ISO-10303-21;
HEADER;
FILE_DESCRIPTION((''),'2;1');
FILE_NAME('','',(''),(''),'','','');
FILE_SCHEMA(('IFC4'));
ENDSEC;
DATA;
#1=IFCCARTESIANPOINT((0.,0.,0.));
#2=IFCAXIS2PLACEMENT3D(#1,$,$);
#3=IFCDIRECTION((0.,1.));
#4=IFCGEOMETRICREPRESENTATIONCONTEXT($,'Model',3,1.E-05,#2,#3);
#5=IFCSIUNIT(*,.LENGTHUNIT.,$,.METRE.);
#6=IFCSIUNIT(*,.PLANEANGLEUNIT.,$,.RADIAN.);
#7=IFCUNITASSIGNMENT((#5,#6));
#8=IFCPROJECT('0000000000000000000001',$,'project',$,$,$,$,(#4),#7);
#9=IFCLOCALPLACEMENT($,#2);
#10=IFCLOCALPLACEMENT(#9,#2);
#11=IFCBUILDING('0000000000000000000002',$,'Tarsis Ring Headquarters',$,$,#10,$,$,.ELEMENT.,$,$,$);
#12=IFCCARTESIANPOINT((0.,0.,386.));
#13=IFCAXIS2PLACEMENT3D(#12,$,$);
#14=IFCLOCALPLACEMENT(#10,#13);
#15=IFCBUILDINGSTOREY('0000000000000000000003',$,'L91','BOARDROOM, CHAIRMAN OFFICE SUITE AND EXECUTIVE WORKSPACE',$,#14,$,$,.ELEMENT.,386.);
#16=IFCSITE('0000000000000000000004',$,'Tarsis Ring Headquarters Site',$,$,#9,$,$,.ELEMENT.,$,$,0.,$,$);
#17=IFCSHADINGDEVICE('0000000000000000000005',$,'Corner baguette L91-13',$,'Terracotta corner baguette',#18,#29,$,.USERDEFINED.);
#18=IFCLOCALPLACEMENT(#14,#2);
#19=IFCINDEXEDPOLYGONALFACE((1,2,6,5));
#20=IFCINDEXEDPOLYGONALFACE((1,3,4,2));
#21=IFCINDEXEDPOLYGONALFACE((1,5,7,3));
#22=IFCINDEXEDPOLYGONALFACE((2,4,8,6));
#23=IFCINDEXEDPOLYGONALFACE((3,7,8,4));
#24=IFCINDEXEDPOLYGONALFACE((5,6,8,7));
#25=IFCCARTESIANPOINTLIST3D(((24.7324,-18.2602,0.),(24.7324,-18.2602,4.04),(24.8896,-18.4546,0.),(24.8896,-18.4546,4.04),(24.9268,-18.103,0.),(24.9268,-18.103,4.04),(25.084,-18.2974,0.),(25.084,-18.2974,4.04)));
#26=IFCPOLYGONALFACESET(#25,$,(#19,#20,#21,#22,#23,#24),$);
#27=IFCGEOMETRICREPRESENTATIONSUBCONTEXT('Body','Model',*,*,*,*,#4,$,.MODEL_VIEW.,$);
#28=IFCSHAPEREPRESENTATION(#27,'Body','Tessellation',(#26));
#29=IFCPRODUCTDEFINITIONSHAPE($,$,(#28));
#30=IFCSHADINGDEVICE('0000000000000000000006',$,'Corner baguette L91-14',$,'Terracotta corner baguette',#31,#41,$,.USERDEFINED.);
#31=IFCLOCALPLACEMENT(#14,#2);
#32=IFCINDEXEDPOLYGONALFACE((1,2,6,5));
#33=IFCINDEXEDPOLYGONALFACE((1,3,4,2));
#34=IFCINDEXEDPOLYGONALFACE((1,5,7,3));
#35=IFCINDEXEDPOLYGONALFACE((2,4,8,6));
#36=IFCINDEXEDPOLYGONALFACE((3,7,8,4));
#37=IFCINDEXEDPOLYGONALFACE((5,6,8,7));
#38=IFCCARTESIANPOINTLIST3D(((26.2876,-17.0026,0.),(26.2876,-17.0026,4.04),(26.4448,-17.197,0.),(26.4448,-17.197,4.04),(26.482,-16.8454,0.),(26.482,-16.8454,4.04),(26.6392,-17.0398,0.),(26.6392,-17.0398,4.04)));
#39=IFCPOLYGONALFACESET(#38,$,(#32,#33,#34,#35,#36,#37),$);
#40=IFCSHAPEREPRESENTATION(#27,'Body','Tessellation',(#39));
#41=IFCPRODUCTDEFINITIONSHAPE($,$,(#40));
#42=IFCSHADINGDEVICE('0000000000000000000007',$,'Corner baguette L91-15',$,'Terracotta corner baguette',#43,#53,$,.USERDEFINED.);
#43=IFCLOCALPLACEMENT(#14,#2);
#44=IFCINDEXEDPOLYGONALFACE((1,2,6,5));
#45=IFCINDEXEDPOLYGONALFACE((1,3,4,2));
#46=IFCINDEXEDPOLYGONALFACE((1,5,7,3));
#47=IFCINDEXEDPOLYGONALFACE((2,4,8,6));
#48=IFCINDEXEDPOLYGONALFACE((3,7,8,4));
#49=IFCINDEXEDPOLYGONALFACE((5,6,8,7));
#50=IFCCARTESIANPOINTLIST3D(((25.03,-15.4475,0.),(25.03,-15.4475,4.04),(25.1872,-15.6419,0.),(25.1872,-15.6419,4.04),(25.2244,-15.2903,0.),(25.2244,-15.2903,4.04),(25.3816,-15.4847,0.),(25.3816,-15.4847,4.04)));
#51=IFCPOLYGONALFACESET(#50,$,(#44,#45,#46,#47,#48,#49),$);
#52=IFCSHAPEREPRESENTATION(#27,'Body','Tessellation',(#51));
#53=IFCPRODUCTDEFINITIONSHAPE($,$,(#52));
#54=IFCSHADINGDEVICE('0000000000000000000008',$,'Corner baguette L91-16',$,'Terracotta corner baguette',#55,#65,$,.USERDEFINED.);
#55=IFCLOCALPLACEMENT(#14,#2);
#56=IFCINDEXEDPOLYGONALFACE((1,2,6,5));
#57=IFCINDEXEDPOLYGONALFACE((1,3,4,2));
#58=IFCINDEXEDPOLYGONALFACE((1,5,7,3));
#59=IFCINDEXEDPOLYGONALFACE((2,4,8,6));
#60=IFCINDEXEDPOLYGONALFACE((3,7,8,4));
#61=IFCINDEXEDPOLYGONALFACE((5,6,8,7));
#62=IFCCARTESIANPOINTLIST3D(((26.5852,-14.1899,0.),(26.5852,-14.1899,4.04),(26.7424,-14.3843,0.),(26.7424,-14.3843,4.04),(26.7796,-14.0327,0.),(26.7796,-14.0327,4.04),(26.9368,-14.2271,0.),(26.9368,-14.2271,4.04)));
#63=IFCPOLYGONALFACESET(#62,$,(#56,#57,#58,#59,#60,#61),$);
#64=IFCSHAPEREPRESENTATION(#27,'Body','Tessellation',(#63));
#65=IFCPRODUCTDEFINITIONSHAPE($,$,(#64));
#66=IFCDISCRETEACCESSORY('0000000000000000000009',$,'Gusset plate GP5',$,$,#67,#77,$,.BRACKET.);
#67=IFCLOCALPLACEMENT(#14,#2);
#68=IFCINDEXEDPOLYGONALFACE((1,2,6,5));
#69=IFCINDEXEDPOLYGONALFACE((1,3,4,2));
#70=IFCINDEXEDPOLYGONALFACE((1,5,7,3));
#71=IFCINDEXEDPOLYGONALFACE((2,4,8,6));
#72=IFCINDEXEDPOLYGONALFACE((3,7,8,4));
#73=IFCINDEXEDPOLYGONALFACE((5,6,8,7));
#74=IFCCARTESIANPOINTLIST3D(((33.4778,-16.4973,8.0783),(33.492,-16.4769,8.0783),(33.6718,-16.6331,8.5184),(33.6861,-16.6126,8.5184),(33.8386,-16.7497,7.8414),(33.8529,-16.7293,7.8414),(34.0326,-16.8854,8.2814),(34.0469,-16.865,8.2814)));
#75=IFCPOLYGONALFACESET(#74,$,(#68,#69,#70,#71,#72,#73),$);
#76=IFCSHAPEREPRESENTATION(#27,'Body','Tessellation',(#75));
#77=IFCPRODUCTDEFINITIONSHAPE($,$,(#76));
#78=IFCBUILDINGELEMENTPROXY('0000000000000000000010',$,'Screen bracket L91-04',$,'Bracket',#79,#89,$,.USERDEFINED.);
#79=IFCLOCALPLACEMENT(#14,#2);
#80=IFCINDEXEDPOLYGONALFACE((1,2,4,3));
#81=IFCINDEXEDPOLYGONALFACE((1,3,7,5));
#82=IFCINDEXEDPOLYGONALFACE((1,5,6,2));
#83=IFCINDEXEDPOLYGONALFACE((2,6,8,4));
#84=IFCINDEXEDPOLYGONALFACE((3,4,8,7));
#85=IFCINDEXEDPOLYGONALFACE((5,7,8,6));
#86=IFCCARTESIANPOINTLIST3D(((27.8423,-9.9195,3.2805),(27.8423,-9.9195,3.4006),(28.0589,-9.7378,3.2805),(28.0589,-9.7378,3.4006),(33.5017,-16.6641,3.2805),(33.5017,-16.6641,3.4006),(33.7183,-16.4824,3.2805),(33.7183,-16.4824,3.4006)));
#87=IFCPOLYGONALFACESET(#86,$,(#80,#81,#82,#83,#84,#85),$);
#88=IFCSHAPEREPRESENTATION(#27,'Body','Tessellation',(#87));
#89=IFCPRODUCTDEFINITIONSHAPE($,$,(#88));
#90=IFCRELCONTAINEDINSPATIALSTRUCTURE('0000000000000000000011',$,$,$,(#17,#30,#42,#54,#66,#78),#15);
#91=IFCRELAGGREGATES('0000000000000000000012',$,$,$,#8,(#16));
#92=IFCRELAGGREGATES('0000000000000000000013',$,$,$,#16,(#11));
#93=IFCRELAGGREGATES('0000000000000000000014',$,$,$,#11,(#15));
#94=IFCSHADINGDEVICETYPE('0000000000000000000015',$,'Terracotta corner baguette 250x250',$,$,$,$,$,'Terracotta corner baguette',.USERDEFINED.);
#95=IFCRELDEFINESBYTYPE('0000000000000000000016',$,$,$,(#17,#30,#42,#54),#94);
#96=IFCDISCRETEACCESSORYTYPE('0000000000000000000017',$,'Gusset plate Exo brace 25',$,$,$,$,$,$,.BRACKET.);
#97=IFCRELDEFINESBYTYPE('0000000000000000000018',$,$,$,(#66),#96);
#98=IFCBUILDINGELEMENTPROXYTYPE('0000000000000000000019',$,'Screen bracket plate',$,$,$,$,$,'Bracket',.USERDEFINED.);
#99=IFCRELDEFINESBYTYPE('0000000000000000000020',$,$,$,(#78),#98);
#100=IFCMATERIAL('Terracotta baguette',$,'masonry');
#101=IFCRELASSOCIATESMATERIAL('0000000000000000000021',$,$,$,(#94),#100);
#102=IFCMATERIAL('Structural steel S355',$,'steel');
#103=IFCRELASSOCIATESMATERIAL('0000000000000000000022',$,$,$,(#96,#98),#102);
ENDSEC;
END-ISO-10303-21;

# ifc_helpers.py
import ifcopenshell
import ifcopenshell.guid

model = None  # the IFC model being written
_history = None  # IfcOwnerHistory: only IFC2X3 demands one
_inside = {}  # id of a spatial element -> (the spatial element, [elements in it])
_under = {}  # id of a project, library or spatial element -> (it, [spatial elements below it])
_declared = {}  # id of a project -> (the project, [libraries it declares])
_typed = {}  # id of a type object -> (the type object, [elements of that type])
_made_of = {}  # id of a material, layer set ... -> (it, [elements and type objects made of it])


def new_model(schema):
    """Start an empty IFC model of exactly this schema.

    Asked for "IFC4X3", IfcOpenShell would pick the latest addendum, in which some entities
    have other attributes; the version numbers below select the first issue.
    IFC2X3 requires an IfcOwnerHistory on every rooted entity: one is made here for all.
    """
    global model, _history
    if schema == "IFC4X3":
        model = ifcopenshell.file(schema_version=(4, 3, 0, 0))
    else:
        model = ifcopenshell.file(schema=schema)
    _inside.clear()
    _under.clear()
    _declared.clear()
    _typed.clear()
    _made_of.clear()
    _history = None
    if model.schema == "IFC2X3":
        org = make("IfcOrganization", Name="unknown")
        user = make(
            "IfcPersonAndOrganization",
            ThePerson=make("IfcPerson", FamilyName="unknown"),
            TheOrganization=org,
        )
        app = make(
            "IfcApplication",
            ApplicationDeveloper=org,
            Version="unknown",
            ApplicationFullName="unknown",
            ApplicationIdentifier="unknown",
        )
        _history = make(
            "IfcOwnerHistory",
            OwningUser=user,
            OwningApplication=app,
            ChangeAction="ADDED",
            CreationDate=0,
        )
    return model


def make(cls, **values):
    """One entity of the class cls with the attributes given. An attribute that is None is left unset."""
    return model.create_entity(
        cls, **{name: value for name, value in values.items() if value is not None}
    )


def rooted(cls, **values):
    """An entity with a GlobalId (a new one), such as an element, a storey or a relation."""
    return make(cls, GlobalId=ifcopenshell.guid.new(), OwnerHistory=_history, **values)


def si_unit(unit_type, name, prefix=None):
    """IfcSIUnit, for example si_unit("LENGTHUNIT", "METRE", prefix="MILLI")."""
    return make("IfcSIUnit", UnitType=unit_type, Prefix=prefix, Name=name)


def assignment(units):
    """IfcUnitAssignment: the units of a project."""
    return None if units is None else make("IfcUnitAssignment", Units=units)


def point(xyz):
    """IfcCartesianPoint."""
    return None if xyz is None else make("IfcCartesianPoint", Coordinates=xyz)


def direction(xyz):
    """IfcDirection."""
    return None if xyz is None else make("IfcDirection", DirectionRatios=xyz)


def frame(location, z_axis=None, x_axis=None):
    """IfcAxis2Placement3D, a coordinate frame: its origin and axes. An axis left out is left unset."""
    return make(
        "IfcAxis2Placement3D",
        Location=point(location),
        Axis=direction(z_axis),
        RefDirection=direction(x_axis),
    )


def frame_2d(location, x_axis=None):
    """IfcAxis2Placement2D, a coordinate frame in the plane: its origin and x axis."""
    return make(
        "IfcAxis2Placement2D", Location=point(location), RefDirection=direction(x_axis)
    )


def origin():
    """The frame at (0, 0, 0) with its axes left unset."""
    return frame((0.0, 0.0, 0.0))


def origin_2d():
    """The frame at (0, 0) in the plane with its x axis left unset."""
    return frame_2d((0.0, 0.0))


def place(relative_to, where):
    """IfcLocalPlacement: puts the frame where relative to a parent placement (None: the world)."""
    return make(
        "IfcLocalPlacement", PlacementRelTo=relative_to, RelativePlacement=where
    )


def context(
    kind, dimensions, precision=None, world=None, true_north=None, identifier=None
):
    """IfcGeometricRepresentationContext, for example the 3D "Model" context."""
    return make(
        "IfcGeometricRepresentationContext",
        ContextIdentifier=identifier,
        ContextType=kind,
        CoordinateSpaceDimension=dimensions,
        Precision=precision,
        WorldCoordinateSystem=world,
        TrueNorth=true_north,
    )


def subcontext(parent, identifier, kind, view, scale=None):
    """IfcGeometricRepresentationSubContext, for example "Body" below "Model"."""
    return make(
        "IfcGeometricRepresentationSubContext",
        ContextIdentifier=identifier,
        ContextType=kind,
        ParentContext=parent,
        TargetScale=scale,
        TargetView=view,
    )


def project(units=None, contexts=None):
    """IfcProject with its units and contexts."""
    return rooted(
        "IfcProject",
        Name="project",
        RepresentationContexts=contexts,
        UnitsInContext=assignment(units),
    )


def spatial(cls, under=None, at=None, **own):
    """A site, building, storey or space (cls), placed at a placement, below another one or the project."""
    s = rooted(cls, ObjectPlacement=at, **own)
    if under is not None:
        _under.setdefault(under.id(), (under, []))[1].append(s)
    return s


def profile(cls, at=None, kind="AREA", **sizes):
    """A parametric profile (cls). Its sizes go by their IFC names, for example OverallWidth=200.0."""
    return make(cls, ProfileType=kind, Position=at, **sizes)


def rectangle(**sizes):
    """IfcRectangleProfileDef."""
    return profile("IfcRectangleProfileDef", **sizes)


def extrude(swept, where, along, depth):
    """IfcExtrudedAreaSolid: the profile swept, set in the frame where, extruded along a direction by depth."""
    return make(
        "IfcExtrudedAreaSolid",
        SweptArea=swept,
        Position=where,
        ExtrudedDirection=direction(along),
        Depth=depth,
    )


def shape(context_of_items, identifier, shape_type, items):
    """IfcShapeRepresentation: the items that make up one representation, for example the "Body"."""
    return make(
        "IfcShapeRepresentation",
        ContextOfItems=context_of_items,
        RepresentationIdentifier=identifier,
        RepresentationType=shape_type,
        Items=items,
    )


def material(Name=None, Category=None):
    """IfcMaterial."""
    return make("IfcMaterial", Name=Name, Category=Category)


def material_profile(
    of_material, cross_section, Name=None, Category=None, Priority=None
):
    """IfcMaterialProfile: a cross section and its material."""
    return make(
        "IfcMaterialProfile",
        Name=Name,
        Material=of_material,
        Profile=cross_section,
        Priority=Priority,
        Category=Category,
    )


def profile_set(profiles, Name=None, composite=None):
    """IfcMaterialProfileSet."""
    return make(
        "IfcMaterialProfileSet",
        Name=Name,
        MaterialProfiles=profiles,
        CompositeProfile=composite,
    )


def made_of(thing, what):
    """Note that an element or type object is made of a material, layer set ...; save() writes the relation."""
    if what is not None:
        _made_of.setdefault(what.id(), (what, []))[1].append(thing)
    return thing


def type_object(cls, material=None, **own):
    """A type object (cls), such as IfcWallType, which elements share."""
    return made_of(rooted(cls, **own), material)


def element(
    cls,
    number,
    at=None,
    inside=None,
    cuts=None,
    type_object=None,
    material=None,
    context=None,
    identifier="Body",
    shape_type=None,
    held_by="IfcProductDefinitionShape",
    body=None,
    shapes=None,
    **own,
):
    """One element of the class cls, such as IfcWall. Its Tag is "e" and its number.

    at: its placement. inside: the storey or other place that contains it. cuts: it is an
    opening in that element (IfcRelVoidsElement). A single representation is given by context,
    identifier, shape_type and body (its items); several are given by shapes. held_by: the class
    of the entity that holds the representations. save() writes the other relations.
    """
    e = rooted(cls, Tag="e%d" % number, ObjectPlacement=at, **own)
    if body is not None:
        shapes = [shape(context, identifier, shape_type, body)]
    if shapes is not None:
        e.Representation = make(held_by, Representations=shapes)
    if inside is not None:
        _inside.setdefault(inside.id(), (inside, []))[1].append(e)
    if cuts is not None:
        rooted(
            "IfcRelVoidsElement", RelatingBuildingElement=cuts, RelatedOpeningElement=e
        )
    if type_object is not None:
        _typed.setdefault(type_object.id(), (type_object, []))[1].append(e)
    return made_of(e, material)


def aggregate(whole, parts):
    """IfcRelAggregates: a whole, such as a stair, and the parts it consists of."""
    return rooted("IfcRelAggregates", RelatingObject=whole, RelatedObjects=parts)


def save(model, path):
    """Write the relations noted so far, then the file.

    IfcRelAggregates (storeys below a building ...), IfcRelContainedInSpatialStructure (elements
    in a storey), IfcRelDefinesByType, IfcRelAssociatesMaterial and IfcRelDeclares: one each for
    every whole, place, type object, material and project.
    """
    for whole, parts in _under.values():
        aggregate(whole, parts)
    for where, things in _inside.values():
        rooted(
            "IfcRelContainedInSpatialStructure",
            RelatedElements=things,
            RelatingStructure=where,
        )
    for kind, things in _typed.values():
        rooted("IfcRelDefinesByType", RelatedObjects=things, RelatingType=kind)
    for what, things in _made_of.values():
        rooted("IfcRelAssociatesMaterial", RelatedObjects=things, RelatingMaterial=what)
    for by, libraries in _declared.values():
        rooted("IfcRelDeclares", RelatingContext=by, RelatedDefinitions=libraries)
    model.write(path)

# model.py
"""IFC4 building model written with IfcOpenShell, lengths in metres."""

from ifc_helpers import new_model, si_unit, direction, frame, origin, origin_2d, place, context, subcontext, project, spatial, rectangle, extrude, material, material_profile, profile_set, type_object, element, save


model = new_model("IFC4")

# Units and contexts
model_context = context("Model", 3, precision=1e-05, world=origin(), true_north=direction((0.0, 1.0)))
body_context = subcontext(model_context, "Body", "Model", "MODEL_VIEW")
ifc_project = project(units=[si_unit("LENGTHUNIT", "METRE"), si_unit("PLANEANGLEUNIT", "RADIAN")], contexts=[model_context])

# Site, building, storey
site_placement = place(None, origin())
site = spatial("IfcSite", under=ifc_project, at=site_placement, Name="Tarsis Ring Headquarters Site", CompositionType="ELEMENT", RefElevation=0.0)
building_placement = place(site_placement, origin())
building = spatial("IfcBuilding", under=site, at=building_placement, Name="Tarsis Ring Headquarters", CompositionType="ELEMENT")
storey_placement = place(building_placement, frame((0.0, 0.0, 386.0)))
storey = spatial("IfcBuildingStorey", under=building, at=storey_placement, Name="L91", Description="BOARDROOM, CHAIRMAN OFFICE SUITE AND EXECUTIVE WORKSPACE", CompositionType="ELEMENT", Elevation=386.0)

# Shared definitions
ifc_material_1 = material(Name="Structural steel S355", Category="steel")

# Shading devices
ifc_material_2 = material(Name="Terracotta baguette", Category="masonry")
shading_device_type_1 = type_object("IfcShadingDeviceType", Name="Terracotta corner baguette 250x250", ElementType="Terracotta corner baguette", PredefinedType="USERDEFINED", material=ifc_material_2)
for number, where, z_axis, x_axis, name in (
    (1, (24.9082, -18.2788, 0.0), (0.0, 0.0, 1.0), (-0.628778, 0.777585, 0.0), "Corner baguette L91-13"),
    (2, (26.4634, -17.0212, 0.0), (0.0, 0.0, 1.0), (0.777585, 0.628778, 0.0), "Corner baguette L91-14"),
    (3, (25.2058, -15.4661, 0.0), (0.0, 0.0, 1.0), (-0.628777, 0.777585, 0.0), "Corner baguette L91-15"),
    (4, (26.761, -14.2085, 0.0), (0.0, 0.0, 1.0), (0.777585, 0.628778, 0.0), "Corner baguette L91-16"),
):
    element("IfcShadingDevice", number, at=place(storey_placement, frame(where, z_axis=z_axis, x_axis=x_axis)), inside=storey, type_object=shading_device_type_1, Name=name, ObjectType="Terracotta corner baguette", PredefinedType="USERDEFINED", context=body_context, shape_type="SweptSolid", body=[
        extrude(rectangle(XDim=0.25, YDim=0.25, at=origin_2d()), origin(), (0.0, 0.0, 1.0), 4.04),
    ])

# Discrete accessory
ifc_material_profile_1 = material_profile(ifc_material_1, rectangle(XDim=0.0249, YDim=0.5, at=origin_2d()), Name="PL 25x500")
ifc_profile_set_1 = profile_set([ifc_material_profile_1], Name="Structural steel S355")
discrete_accessory_type = type_object("IfcDiscreteAccessoryType", Name="Gusset plate Exo brace 25", PredefinedType="BRACKET", material=ifc_profile_set_1)
discrete_accessory_placement = place(storey_placement, frame((33.8594, -16.749, 8.3999), z_axis=(-0.388292, 0.27156, -0.880616), x_axis=(-0.573116, -0.819474, 0.0)))
element("IfcDiscreteAccessory", 5, at=discrete_accessory_placement, inside=storey, type_object=discrete_accessory_type, Name="Gusset plate GP5", PredefinedType="BRACKET", context=body_context, shape_type="SweptSolid", body=[
    extrude(rectangle(XDim=0.0249, YDim=0.5, at=origin_2d()), origin(), (0.0, 0.0, 1.0), 0.4998),
])

# Building element proxy
building_element_proxy_type = type_object("IfcBuildingElementProxyType", Name="Screen bracket plate", ElementType="Bracket", PredefinedType="USERDEFINED", material=ifc_material_1)
proxy_placement = place(storey_placement, frame((30.7803, -13.2009, 3.2805), z_axis=(0.0, 0.0, 1.0), x_axis=(-0.642788, 0.766044, 0.0)))
element("IfcBuildingElementProxy", 6, at=proxy_placement, inside=storey, type_object=building_element_proxy_type, Name="Screen bracket L91-04", ObjectType="Bracket", PredefinedType="USERDEFINED", context=body_context, shape_type="SweptSolid", body=[
    extrude(rectangle(XDim=8.8044, YDim=0.2827, at=origin_2d()), origin(), (0.0, 0.0, 1.0), 0.1201),
])

save(model, "model.ifc")
